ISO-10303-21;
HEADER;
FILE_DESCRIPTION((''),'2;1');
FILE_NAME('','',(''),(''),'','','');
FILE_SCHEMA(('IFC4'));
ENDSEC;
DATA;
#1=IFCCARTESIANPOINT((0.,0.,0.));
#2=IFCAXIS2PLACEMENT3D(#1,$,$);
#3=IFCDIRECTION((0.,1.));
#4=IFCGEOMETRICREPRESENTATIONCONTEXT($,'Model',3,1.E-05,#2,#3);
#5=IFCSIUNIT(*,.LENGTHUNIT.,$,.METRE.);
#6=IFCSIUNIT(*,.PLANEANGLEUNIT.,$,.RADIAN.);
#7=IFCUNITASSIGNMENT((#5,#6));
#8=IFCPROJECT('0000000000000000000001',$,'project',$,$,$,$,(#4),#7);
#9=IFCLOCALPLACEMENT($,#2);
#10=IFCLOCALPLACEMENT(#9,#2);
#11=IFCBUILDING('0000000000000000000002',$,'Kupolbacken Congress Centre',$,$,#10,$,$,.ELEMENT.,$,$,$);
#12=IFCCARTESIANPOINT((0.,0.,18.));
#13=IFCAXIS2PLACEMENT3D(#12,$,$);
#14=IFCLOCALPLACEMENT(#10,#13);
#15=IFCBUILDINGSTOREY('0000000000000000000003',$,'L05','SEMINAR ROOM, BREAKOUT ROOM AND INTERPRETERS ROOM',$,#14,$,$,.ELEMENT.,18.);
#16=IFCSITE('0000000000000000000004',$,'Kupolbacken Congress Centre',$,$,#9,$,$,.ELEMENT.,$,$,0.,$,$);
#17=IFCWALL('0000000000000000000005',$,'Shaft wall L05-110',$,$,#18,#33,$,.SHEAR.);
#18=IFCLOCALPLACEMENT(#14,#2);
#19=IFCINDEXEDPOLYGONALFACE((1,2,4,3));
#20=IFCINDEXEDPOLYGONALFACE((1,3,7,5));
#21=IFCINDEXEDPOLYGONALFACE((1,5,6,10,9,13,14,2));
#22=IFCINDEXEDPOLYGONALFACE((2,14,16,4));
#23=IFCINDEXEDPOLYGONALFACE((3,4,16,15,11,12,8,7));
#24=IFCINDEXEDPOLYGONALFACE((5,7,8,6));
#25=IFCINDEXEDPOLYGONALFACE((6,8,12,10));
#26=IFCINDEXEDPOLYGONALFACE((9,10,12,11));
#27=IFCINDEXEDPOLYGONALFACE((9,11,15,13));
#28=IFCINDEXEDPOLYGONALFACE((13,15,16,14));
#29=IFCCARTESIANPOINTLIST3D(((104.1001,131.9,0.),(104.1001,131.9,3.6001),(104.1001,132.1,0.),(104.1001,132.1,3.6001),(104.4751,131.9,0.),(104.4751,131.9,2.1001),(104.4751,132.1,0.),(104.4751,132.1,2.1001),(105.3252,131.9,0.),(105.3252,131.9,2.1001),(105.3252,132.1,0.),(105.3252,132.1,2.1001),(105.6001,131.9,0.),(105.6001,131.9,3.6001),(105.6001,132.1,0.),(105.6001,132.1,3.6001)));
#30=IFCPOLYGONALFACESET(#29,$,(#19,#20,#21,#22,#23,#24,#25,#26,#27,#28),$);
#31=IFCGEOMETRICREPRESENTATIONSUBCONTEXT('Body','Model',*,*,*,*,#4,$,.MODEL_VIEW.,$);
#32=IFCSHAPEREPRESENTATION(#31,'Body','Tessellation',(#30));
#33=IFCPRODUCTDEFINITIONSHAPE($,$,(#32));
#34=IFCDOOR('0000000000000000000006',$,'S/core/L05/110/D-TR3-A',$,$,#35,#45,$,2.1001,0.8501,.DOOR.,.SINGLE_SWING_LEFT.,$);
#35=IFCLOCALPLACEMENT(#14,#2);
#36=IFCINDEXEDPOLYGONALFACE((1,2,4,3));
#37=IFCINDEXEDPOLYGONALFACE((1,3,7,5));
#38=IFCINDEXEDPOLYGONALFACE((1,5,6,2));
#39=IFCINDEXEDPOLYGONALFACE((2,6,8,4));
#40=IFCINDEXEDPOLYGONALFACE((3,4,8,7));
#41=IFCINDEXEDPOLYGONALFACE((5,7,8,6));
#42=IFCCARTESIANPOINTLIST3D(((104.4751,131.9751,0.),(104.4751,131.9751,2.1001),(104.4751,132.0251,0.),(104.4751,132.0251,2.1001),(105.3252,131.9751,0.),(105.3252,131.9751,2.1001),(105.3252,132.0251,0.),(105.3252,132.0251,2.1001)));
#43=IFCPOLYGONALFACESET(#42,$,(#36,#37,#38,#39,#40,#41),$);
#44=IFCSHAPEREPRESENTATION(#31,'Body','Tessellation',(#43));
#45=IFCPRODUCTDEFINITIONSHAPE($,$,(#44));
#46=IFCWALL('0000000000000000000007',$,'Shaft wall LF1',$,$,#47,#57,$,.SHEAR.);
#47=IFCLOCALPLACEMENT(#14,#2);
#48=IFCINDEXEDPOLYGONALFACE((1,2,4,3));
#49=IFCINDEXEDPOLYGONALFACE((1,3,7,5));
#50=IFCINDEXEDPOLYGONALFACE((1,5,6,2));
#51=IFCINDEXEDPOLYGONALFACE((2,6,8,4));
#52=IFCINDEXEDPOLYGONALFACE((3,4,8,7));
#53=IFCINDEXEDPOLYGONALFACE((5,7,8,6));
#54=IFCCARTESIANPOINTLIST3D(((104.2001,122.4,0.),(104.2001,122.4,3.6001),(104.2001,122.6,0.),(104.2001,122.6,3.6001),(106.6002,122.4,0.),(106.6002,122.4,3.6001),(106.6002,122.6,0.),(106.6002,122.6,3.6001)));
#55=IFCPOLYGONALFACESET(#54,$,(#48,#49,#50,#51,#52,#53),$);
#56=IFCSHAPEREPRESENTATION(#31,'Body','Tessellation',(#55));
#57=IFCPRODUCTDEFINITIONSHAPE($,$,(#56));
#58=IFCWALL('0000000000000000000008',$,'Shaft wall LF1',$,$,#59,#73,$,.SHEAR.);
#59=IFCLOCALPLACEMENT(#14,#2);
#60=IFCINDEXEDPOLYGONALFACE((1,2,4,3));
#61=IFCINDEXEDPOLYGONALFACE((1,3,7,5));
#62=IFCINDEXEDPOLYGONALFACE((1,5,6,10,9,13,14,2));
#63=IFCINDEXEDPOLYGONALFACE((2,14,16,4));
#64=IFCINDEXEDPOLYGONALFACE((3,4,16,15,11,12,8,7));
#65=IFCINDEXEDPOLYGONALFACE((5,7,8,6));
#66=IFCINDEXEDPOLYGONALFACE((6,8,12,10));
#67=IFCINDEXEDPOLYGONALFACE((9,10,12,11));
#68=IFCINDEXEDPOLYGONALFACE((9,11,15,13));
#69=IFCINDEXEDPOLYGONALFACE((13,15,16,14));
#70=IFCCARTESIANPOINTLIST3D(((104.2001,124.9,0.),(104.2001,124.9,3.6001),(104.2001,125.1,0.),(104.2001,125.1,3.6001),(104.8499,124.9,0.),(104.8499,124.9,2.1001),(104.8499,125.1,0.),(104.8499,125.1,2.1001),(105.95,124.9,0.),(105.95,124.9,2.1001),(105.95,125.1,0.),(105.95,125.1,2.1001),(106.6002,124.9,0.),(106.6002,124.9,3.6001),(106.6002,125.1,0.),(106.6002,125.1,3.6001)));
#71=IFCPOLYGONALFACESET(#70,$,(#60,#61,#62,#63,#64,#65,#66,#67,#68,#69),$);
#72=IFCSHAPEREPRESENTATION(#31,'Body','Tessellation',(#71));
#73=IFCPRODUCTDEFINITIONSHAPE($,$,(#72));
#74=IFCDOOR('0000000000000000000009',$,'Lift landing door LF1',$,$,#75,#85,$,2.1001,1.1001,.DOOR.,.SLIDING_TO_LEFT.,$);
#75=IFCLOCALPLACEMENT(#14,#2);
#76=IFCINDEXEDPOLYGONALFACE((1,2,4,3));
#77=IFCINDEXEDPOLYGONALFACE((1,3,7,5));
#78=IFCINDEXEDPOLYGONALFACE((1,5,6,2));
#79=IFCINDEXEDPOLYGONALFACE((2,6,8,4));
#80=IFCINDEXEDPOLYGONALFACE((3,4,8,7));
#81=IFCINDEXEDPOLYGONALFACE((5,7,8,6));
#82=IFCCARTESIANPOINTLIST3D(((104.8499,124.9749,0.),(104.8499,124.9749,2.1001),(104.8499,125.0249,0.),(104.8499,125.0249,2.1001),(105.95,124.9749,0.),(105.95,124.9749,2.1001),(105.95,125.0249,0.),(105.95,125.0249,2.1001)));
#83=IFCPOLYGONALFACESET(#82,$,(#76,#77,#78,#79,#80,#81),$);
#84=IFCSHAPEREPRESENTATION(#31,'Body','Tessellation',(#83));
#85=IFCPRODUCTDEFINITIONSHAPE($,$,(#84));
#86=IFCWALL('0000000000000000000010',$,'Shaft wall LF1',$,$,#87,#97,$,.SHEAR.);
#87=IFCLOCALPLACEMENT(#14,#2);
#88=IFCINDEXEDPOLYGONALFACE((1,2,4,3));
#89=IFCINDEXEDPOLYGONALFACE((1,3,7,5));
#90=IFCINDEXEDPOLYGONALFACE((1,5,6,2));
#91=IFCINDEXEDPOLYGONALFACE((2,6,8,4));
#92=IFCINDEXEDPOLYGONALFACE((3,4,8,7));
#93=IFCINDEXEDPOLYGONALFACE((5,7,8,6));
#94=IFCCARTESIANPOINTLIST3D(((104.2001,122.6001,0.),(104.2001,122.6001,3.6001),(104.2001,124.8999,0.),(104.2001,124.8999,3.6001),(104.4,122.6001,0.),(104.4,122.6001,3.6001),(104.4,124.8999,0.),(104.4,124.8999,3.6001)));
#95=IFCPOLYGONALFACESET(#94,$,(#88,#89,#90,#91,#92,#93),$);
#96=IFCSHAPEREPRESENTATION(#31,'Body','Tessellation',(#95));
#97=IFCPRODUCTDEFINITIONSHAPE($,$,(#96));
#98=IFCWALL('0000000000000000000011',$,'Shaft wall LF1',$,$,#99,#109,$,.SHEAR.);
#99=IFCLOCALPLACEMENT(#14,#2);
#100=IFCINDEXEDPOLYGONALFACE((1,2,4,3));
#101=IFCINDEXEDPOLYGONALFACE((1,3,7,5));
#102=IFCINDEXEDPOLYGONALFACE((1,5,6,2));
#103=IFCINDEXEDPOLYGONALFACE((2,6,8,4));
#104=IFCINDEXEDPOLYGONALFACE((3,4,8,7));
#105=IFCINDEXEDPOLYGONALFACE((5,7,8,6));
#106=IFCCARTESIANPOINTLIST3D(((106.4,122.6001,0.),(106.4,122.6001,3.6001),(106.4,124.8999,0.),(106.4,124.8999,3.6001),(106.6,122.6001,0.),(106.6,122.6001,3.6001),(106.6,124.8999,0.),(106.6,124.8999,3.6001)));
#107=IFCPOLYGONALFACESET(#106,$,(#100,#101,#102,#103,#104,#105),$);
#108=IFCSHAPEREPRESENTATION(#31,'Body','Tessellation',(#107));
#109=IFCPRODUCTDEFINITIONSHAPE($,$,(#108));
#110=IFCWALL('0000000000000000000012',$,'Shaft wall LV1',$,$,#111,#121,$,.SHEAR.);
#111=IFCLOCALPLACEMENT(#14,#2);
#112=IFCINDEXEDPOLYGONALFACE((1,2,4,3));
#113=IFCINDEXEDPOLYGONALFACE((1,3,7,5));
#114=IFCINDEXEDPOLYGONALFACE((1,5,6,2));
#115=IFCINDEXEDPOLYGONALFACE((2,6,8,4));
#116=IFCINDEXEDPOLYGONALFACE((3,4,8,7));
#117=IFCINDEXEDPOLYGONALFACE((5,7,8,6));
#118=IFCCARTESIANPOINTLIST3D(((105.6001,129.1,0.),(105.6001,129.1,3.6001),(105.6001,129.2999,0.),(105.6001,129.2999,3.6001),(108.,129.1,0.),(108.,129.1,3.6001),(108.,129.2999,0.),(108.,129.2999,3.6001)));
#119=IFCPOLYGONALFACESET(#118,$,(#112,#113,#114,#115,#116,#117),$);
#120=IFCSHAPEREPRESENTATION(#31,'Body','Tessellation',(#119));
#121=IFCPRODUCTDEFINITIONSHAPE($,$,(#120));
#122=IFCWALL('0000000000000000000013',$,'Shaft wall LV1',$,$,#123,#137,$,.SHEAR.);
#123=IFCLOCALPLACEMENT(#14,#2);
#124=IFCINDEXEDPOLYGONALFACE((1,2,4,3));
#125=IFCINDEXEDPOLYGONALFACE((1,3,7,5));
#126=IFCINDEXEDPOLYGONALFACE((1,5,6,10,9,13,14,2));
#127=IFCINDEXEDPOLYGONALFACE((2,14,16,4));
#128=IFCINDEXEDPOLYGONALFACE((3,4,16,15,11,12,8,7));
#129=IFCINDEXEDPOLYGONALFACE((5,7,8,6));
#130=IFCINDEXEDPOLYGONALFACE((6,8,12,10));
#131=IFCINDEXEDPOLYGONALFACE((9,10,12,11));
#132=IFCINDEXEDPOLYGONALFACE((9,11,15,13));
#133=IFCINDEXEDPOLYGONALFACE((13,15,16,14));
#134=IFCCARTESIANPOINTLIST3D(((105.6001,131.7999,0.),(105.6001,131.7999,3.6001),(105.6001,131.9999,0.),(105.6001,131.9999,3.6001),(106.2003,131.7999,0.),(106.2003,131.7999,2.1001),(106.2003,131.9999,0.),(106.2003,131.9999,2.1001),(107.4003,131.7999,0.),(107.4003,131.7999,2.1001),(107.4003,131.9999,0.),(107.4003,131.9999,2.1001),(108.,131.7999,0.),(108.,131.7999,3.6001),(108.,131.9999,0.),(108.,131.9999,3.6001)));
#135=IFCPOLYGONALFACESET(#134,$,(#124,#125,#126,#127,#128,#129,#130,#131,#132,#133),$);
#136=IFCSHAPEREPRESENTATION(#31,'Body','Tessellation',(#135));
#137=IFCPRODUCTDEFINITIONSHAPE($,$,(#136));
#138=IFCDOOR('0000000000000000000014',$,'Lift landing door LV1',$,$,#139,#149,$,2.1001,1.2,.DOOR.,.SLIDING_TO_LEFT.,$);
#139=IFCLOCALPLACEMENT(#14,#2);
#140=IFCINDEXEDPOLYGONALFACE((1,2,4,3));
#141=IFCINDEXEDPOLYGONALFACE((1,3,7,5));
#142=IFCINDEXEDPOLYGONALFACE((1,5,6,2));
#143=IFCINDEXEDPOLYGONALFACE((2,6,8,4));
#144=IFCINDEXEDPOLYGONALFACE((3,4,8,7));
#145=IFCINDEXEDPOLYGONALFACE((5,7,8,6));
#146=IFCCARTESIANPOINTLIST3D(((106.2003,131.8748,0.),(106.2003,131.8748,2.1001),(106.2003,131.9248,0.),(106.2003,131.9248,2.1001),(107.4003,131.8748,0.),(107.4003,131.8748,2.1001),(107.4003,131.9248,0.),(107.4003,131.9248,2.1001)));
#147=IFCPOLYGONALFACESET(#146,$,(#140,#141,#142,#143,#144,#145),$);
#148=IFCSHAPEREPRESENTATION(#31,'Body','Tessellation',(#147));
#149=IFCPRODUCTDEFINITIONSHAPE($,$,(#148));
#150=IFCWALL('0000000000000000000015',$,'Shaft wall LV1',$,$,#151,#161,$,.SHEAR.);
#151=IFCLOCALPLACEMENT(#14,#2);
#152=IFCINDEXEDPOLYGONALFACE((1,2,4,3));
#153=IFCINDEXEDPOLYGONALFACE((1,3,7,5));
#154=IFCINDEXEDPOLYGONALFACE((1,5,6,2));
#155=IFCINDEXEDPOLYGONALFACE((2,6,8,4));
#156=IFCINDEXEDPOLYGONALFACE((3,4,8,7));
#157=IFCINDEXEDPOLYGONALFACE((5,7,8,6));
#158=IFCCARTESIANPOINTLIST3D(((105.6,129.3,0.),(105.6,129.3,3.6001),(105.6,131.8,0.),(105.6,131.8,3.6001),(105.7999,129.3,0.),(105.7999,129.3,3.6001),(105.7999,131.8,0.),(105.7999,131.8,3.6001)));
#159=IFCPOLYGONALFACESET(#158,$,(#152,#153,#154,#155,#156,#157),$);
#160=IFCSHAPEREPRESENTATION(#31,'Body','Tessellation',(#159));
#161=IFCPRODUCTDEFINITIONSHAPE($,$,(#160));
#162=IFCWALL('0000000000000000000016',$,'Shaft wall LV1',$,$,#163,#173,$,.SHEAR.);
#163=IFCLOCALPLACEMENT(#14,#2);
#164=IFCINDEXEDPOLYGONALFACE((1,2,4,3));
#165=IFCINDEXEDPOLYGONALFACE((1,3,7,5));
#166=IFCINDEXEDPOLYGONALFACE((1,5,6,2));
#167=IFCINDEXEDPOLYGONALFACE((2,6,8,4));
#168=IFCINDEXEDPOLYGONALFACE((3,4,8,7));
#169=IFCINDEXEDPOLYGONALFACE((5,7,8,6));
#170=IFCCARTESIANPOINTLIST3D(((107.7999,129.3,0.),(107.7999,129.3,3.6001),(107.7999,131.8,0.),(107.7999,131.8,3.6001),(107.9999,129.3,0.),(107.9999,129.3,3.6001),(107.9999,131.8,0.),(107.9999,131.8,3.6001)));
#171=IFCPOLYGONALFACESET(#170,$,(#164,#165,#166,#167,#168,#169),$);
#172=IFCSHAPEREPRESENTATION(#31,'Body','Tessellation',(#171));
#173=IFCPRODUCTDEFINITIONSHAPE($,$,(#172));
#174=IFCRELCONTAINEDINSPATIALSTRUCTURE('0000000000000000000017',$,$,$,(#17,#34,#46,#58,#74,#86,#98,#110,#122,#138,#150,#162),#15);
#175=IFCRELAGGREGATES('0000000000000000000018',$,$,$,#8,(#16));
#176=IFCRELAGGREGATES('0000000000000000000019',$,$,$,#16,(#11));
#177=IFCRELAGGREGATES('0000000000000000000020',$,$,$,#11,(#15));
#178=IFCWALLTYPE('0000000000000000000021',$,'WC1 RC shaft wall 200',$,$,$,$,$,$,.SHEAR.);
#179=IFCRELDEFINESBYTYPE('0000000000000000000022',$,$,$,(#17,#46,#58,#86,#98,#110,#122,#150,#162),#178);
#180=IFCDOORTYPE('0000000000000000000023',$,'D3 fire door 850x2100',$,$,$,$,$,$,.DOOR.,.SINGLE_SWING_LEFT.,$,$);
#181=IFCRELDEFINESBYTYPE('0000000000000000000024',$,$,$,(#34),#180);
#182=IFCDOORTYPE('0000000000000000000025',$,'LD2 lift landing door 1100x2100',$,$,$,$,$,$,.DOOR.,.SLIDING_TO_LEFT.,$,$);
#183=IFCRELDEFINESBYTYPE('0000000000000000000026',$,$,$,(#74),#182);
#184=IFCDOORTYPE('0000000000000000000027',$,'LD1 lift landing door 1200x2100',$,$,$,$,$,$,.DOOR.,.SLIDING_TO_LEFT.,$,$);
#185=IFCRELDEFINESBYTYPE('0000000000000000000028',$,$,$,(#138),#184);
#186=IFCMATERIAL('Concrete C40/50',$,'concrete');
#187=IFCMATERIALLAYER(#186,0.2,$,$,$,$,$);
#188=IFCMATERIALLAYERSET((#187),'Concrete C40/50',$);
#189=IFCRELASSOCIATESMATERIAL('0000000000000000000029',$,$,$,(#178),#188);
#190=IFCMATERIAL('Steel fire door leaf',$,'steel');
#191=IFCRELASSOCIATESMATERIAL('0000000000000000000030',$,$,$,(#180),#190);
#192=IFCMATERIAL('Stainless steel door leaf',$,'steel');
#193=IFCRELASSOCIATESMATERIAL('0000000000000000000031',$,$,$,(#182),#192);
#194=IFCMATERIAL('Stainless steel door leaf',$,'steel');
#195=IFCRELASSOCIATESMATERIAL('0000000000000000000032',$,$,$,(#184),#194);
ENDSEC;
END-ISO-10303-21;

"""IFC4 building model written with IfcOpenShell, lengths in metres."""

from ifc_helpers import new_model, si_unit, direction, frame, frame_2d, origin, place, context, subcontext, project, spatial, rectangle, extrude, material, layer, layer_set, type_object, element, fill, save


model = new_model("IFC4")

# Units and contexts
model_context = context("Model", 3, precision=1e-05, world=origin(), true_north=direction((0.0, 1.0)))
body_context = subcontext(model_context, "Body", "Model", "MODEL_VIEW")
ifc_project = project(units=[si_unit("LENGTHUNIT", "METRE"), si_unit("PLANEANGLEUNIT", "RADIAN")], contexts=[model_context])

# Site, building, storey
site_placement = place(None, origin())
site = spatial("IfcSite", under=ifc_project, at=site_placement, Name="Kupolbacken Congress Centre", CompositionType="ELEMENT", RefElevation=0.0)
building_placement = place(site_placement, origin())
building = spatial("IfcBuilding", under=site, at=building_placement, Name="Kupolbacken Congress Centre", CompositionType="ELEMENT")
storey_placement = place(building_placement, frame((0.0, 0.0, 18.0)))
storey = spatial("IfcBuildingStorey", under=building, at=storey_placement, Name="L05", Description="SEMINAR ROOM, BREAKOUT ROOM AND INTERPRETERS ROOM", CompositionType="ELEMENT", Elevation=18.0)

# Shared definitions
ifc_material_1 = material(Name="Concrete C40/50", Category="concrete")
ifc_layer_1 = layer(ifc_material_1, 0.2)
ifc_layer_set_1 = layer_set([ifc_layer_1], Name="Concrete C40/50")
wall_type_1 = type_object("IfcWallType", Name="WC1 RC shaft wall 200", PredefinedType="SHEAR", material=ifc_layer_set_1)

# Wall, opening, door
wall_1_placement = place(storey_placement, frame((105.6001, 132.0, 0.0), z_axis=(0.0, 0.0, 1.0), x_axis=(-1.0, 0.0, 0.0)))
wall_1 = element("IfcWall", 1, at=wall_1_placement, inside=storey, type_object=wall_type_1, Name="Shaft wall L05-110", PredefinedType="SHEAR", context=body_context, shape_type="SweptSolid", body=[
    extrude(rectangle(XDim=1.5, YDim=0.2, at=frame_2d((0.75, 0.0))), origin(), (0.0, 0.0, 1.0), 3.6001),
])
opening_1_placement = place(wall_1_placement, frame((0.2749, 0.0, 0.0)))
opening_1 = element("IfcOpeningElement", 2, at=opening_1_placement, cuts=wall_1, PredefinedType="OPENING", context=body_context, shape_type="SweptSolid", body=[
    extrude(rectangle(XDim=0.8501, YDim=2.1001, at=frame_2d((0.425, 1.05))), frame((0.0, 0.1099, 0.0), z_axis=(0.0, -1.0, 0.0), x_axis=(1.0, 0.0, 0.0)), (0.0, 0.0, 1.0), 0.22),
])
ifc_material_2 = material(Name="Steel fire door leaf", Category="steel")
door_type_1 = type_object("IfcDoorType", Name="D3 fire door 850x2100", OperationType="SINGLE_SWING_LEFT", PredefinedType="DOOR", material=ifc_material_2)
door_1_placement = place(opening_1_placement, origin())
door_1 = element("IfcDoor", 3, at=door_1_placement, inside=storey, type_object=door_type_1, Name="S/core/L05/110/D-TR3-A", OperationType="SINGLE_SWING_LEFT", OverallHeight=2.1001, OverallWidth=0.8501, PredefinedType="DOOR", context=body_context, shape_type="SweptSolid", body=[
    extrude(rectangle(XDim=0.8501, YDim=2.1001, at=frame_2d((0.425, 1.05))), frame((0.0, 0.0249, 0.0), z_axis=(0.0, -1.0, 0.0), x_axis=(1.0, 0.0, 0.0)), (0.0, 0.0, 1.0), 0.05),
])
fill(opening_1, door_1)

# Wall
wall_2_placement = place(storey_placement, frame((104.2, 122.5, 0.0), z_axis=(0.0, 0.0, 1.0), x_axis=(1.0, 0.0, 0.0)))
element("IfcWall", 4, at=wall_2_placement, inside=storey, type_object=wall_type_1, Name="Shaft wall LF1", PredefinedType="SHEAR", context=body_context, shape_type="SweptSolid", body=[
    extrude(rectangle(XDim=2.4001, YDim=0.2, at=frame_2d((1.2002, 0.0))), origin(), (0.0, 0.0, 1.0), 3.6001),
])

# Wall, opening, door
wall_3_placement = place(storey_placement, frame((104.2, 125.0, 0.0), z_axis=(0.0, 0.0, 1.0), x_axis=(1.0, 0.0, 0.0)))
wall_3 = element("IfcWall", 5, at=wall_3_placement, inside=storey, type_object=wall_type_1, Name="Shaft wall LF1", PredefinedType="SHEAR", context=body_context, shape_type="SweptSolid", body=[
    extrude(rectangle(XDim=2.4001, YDim=0.2, at=frame_2d((1.2002, 0.0))), origin(), (0.0, 0.0, 1.0), 3.6001),
])
opening_2_placement = place(wall_3_placement, frame((0.6499, 0.0, 0.0)))
opening_2 = element("IfcOpeningElement", 6, at=opening_2_placement, cuts=wall_3, PredefinedType="OPENING", context=body_context, shape_type="SweptSolid", body=[
    extrude(rectangle(XDim=1.1001, YDim=2.1001, at=frame_2d((0.55, 1.05))), frame((0.0, 0.1099, 0.0), z_axis=(0.0, -1.0, 0.0), x_axis=(1.0, 0.0, 0.0)), (0.0, 0.0, 1.0), 0.22),
])
ifc_material_3 = material(Name="Stainless steel door leaf", Category="steel")
door_type_2 = type_object("IfcDoorType", Name="LD2 lift landing door 1100x2100", OperationType="SLIDING_TO_LEFT", PredefinedType="DOOR", material=ifc_material_3)
door_2_placement = place(opening_2_placement, origin())
door_2 = element("IfcDoor", 7, at=door_2_placement, inside=storey, type_object=door_type_2, Name="Lift landing door LF1", OperationType="SLIDING_TO_LEFT", OverallHeight=2.1001, OverallWidth=1.1001, PredefinedType="DOOR", context=body_context, shape_type="SweptSolid", body=[
    extrude(rectangle(XDim=1.1001, YDim=2.1001, at=frame_2d((0.55, 1.05))), frame((0.0, 0.0249, 0.0), z_axis=(0.0, -1.0, 0.0), x_axis=(1.0, 0.0, 0.0)), (0.0, 0.0, 1.0), 0.05),
])
fill(opening_2, door_2)

# Walls
for number, where, z_axis, x_axis, name in (
    (8, (104.3, 122.6001, 0.0), (0.0, 0.0, 1.0), (0.0, 1.0, 0.0), "Shaft wall LF1"),
    (9, (106.5, 122.6001, 0.0), (0.0, 0.0, 1.0), (0.0, 1.0, 0.0), "Shaft wall LF1"),
):
    element("IfcWall", number, at=place(storey_placement, frame(where, z_axis=z_axis, x_axis=x_axis)), inside=storey, type_object=wall_type_1, Name=name, PredefinedType="SHEAR", context=body_context, shape_type="SweptSolid", body=[
        extrude(rectangle(XDim=2.2998, YDim=0.2, at=frame_2d((1.1499, 0.0))), origin(), (0.0, 0.0, 1.0), 3.6001),
    ])
wall_4_placement = place(storey_placement, frame((105.6001, 129.2, 0.0), z_axis=(0.0, 0.0, 1.0), x_axis=(1.0, 0.0, 0.0)))
element("IfcWall", 10, at=wall_4_placement, inside=storey, type_object=wall_type_1, Name="Shaft wall LV1", PredefinedType="SHEAR", context=body_context, shape_type="SweptSolid", body=[
    extrude(rectangle(XDim=2.3999, YDim=0.2, at=frame_2d((1.2, 0.0))), origin(), (0.0, 0.0, 1.0), 3.6001),
])

# Wall, opening, door
wall_5_placement = place(storey_placement, frame((105.6001, 131.8999, 0.0), z_axis=(0.0, 0.0, 1.0), x_axis=(1.0, 0.0, 0.0)))
wall_5 = element("IfcWall", 11, at=wall_5_placement, inside=storey, type_object=wall_type_1, Name="Shaft wall LV1", PredefinedType="SHEAR", context=body_context, shape_type="SweptSolid", body=[
    extrude(rectangle(XDim=2.3999, YDim=0.2, at=frame_2d((1.2, 0.0))), origin(), (0.0, 0.0, 1.0), 3.6001),
])
opening_3_placement = place(wall_5_placement, frame((0.6001, 0.0, 0.0)))
opening_3 = element("IfcOpeningElement", 12, at=opening_3_placement, cuts=wall_5, PredefinedType="OPENING", context=body_context, shape_type="SweptSolid", body=[
    extrude(rectangle(XDim=1.2, YDim=2.1001, at=frame_2d((0.6001, 1.05))), frame((0.0, 0.1099, 0.0), z_axis=(0.0, -1.0, 0.0), x_axis=(1.0, 0.0, 0.0)), (0.0, 0.0, 1.0), 0.22),
])
ifc_material_4 = material(Name="Stainless steel door leaf", Category="steel")
door_type_3 = type_object("IfcDoorType", Name="LD1 lift landing door 1200x2100", OperationType="SLIDING_TO_LEFT", PredefinedType="DOOR", material=ifc_material_4)
door_3_placement = place(opening_3_placement, origin())
door_3 = element("IfcDoor", 13, at=door_3_placement, inside=storey, type_object=door_type_3, Name="Lift landing door LV1", OperationType="SLIDING_TO_LEFT", OverallHeight=2.1001, OverallWidth=1.2, PredefinedType="DOOR", context=body_context, shape_type="SweptSolid", body=[
    extrude(rectangle(XDim=1.2, YDim=2.1001, at=frame_2d((0.6001, 1.05))), frame((0.0, 0.0249, 0.0), z_axis=(0.0, -1.0, 0.0), x_axis=(1.0, 0.0, 0.0)), (0.0, 0.0, 1.0), 0.05),
])
fill(opening_3, door_3)

# Walls
for number, where, z_axis, x_axis, name in (
    (14, (105.7, 129.3, 0.0), (0.0, 0.0, 1.0), (0.0, 1.0, 0.0), "Shaft wall LV1"),
    (15, (107.8999, 129.3, 0.0), (0.0, 0.0, 1.0), (0.0, 1.0, 0.0), "Shaft wall LV1"),
):
    element("IfcWall", number, at=place(storey_placement, frame(where, z_axis=z_axis, x_axis=x_axis)), inside=storey, type_object=wall_type_1, Name=name, PredefinedType="SHEAR", context=body_context, shape_type="SweptSolid", body=[
        extrude(rectangle(XDim=2.5, YDim=0.2, at=frame_2d((1.25, 0.0))), origin(), (0.0, 0.0, 1.0), 3.6001),
    ])

save(model, "model.ifc")
